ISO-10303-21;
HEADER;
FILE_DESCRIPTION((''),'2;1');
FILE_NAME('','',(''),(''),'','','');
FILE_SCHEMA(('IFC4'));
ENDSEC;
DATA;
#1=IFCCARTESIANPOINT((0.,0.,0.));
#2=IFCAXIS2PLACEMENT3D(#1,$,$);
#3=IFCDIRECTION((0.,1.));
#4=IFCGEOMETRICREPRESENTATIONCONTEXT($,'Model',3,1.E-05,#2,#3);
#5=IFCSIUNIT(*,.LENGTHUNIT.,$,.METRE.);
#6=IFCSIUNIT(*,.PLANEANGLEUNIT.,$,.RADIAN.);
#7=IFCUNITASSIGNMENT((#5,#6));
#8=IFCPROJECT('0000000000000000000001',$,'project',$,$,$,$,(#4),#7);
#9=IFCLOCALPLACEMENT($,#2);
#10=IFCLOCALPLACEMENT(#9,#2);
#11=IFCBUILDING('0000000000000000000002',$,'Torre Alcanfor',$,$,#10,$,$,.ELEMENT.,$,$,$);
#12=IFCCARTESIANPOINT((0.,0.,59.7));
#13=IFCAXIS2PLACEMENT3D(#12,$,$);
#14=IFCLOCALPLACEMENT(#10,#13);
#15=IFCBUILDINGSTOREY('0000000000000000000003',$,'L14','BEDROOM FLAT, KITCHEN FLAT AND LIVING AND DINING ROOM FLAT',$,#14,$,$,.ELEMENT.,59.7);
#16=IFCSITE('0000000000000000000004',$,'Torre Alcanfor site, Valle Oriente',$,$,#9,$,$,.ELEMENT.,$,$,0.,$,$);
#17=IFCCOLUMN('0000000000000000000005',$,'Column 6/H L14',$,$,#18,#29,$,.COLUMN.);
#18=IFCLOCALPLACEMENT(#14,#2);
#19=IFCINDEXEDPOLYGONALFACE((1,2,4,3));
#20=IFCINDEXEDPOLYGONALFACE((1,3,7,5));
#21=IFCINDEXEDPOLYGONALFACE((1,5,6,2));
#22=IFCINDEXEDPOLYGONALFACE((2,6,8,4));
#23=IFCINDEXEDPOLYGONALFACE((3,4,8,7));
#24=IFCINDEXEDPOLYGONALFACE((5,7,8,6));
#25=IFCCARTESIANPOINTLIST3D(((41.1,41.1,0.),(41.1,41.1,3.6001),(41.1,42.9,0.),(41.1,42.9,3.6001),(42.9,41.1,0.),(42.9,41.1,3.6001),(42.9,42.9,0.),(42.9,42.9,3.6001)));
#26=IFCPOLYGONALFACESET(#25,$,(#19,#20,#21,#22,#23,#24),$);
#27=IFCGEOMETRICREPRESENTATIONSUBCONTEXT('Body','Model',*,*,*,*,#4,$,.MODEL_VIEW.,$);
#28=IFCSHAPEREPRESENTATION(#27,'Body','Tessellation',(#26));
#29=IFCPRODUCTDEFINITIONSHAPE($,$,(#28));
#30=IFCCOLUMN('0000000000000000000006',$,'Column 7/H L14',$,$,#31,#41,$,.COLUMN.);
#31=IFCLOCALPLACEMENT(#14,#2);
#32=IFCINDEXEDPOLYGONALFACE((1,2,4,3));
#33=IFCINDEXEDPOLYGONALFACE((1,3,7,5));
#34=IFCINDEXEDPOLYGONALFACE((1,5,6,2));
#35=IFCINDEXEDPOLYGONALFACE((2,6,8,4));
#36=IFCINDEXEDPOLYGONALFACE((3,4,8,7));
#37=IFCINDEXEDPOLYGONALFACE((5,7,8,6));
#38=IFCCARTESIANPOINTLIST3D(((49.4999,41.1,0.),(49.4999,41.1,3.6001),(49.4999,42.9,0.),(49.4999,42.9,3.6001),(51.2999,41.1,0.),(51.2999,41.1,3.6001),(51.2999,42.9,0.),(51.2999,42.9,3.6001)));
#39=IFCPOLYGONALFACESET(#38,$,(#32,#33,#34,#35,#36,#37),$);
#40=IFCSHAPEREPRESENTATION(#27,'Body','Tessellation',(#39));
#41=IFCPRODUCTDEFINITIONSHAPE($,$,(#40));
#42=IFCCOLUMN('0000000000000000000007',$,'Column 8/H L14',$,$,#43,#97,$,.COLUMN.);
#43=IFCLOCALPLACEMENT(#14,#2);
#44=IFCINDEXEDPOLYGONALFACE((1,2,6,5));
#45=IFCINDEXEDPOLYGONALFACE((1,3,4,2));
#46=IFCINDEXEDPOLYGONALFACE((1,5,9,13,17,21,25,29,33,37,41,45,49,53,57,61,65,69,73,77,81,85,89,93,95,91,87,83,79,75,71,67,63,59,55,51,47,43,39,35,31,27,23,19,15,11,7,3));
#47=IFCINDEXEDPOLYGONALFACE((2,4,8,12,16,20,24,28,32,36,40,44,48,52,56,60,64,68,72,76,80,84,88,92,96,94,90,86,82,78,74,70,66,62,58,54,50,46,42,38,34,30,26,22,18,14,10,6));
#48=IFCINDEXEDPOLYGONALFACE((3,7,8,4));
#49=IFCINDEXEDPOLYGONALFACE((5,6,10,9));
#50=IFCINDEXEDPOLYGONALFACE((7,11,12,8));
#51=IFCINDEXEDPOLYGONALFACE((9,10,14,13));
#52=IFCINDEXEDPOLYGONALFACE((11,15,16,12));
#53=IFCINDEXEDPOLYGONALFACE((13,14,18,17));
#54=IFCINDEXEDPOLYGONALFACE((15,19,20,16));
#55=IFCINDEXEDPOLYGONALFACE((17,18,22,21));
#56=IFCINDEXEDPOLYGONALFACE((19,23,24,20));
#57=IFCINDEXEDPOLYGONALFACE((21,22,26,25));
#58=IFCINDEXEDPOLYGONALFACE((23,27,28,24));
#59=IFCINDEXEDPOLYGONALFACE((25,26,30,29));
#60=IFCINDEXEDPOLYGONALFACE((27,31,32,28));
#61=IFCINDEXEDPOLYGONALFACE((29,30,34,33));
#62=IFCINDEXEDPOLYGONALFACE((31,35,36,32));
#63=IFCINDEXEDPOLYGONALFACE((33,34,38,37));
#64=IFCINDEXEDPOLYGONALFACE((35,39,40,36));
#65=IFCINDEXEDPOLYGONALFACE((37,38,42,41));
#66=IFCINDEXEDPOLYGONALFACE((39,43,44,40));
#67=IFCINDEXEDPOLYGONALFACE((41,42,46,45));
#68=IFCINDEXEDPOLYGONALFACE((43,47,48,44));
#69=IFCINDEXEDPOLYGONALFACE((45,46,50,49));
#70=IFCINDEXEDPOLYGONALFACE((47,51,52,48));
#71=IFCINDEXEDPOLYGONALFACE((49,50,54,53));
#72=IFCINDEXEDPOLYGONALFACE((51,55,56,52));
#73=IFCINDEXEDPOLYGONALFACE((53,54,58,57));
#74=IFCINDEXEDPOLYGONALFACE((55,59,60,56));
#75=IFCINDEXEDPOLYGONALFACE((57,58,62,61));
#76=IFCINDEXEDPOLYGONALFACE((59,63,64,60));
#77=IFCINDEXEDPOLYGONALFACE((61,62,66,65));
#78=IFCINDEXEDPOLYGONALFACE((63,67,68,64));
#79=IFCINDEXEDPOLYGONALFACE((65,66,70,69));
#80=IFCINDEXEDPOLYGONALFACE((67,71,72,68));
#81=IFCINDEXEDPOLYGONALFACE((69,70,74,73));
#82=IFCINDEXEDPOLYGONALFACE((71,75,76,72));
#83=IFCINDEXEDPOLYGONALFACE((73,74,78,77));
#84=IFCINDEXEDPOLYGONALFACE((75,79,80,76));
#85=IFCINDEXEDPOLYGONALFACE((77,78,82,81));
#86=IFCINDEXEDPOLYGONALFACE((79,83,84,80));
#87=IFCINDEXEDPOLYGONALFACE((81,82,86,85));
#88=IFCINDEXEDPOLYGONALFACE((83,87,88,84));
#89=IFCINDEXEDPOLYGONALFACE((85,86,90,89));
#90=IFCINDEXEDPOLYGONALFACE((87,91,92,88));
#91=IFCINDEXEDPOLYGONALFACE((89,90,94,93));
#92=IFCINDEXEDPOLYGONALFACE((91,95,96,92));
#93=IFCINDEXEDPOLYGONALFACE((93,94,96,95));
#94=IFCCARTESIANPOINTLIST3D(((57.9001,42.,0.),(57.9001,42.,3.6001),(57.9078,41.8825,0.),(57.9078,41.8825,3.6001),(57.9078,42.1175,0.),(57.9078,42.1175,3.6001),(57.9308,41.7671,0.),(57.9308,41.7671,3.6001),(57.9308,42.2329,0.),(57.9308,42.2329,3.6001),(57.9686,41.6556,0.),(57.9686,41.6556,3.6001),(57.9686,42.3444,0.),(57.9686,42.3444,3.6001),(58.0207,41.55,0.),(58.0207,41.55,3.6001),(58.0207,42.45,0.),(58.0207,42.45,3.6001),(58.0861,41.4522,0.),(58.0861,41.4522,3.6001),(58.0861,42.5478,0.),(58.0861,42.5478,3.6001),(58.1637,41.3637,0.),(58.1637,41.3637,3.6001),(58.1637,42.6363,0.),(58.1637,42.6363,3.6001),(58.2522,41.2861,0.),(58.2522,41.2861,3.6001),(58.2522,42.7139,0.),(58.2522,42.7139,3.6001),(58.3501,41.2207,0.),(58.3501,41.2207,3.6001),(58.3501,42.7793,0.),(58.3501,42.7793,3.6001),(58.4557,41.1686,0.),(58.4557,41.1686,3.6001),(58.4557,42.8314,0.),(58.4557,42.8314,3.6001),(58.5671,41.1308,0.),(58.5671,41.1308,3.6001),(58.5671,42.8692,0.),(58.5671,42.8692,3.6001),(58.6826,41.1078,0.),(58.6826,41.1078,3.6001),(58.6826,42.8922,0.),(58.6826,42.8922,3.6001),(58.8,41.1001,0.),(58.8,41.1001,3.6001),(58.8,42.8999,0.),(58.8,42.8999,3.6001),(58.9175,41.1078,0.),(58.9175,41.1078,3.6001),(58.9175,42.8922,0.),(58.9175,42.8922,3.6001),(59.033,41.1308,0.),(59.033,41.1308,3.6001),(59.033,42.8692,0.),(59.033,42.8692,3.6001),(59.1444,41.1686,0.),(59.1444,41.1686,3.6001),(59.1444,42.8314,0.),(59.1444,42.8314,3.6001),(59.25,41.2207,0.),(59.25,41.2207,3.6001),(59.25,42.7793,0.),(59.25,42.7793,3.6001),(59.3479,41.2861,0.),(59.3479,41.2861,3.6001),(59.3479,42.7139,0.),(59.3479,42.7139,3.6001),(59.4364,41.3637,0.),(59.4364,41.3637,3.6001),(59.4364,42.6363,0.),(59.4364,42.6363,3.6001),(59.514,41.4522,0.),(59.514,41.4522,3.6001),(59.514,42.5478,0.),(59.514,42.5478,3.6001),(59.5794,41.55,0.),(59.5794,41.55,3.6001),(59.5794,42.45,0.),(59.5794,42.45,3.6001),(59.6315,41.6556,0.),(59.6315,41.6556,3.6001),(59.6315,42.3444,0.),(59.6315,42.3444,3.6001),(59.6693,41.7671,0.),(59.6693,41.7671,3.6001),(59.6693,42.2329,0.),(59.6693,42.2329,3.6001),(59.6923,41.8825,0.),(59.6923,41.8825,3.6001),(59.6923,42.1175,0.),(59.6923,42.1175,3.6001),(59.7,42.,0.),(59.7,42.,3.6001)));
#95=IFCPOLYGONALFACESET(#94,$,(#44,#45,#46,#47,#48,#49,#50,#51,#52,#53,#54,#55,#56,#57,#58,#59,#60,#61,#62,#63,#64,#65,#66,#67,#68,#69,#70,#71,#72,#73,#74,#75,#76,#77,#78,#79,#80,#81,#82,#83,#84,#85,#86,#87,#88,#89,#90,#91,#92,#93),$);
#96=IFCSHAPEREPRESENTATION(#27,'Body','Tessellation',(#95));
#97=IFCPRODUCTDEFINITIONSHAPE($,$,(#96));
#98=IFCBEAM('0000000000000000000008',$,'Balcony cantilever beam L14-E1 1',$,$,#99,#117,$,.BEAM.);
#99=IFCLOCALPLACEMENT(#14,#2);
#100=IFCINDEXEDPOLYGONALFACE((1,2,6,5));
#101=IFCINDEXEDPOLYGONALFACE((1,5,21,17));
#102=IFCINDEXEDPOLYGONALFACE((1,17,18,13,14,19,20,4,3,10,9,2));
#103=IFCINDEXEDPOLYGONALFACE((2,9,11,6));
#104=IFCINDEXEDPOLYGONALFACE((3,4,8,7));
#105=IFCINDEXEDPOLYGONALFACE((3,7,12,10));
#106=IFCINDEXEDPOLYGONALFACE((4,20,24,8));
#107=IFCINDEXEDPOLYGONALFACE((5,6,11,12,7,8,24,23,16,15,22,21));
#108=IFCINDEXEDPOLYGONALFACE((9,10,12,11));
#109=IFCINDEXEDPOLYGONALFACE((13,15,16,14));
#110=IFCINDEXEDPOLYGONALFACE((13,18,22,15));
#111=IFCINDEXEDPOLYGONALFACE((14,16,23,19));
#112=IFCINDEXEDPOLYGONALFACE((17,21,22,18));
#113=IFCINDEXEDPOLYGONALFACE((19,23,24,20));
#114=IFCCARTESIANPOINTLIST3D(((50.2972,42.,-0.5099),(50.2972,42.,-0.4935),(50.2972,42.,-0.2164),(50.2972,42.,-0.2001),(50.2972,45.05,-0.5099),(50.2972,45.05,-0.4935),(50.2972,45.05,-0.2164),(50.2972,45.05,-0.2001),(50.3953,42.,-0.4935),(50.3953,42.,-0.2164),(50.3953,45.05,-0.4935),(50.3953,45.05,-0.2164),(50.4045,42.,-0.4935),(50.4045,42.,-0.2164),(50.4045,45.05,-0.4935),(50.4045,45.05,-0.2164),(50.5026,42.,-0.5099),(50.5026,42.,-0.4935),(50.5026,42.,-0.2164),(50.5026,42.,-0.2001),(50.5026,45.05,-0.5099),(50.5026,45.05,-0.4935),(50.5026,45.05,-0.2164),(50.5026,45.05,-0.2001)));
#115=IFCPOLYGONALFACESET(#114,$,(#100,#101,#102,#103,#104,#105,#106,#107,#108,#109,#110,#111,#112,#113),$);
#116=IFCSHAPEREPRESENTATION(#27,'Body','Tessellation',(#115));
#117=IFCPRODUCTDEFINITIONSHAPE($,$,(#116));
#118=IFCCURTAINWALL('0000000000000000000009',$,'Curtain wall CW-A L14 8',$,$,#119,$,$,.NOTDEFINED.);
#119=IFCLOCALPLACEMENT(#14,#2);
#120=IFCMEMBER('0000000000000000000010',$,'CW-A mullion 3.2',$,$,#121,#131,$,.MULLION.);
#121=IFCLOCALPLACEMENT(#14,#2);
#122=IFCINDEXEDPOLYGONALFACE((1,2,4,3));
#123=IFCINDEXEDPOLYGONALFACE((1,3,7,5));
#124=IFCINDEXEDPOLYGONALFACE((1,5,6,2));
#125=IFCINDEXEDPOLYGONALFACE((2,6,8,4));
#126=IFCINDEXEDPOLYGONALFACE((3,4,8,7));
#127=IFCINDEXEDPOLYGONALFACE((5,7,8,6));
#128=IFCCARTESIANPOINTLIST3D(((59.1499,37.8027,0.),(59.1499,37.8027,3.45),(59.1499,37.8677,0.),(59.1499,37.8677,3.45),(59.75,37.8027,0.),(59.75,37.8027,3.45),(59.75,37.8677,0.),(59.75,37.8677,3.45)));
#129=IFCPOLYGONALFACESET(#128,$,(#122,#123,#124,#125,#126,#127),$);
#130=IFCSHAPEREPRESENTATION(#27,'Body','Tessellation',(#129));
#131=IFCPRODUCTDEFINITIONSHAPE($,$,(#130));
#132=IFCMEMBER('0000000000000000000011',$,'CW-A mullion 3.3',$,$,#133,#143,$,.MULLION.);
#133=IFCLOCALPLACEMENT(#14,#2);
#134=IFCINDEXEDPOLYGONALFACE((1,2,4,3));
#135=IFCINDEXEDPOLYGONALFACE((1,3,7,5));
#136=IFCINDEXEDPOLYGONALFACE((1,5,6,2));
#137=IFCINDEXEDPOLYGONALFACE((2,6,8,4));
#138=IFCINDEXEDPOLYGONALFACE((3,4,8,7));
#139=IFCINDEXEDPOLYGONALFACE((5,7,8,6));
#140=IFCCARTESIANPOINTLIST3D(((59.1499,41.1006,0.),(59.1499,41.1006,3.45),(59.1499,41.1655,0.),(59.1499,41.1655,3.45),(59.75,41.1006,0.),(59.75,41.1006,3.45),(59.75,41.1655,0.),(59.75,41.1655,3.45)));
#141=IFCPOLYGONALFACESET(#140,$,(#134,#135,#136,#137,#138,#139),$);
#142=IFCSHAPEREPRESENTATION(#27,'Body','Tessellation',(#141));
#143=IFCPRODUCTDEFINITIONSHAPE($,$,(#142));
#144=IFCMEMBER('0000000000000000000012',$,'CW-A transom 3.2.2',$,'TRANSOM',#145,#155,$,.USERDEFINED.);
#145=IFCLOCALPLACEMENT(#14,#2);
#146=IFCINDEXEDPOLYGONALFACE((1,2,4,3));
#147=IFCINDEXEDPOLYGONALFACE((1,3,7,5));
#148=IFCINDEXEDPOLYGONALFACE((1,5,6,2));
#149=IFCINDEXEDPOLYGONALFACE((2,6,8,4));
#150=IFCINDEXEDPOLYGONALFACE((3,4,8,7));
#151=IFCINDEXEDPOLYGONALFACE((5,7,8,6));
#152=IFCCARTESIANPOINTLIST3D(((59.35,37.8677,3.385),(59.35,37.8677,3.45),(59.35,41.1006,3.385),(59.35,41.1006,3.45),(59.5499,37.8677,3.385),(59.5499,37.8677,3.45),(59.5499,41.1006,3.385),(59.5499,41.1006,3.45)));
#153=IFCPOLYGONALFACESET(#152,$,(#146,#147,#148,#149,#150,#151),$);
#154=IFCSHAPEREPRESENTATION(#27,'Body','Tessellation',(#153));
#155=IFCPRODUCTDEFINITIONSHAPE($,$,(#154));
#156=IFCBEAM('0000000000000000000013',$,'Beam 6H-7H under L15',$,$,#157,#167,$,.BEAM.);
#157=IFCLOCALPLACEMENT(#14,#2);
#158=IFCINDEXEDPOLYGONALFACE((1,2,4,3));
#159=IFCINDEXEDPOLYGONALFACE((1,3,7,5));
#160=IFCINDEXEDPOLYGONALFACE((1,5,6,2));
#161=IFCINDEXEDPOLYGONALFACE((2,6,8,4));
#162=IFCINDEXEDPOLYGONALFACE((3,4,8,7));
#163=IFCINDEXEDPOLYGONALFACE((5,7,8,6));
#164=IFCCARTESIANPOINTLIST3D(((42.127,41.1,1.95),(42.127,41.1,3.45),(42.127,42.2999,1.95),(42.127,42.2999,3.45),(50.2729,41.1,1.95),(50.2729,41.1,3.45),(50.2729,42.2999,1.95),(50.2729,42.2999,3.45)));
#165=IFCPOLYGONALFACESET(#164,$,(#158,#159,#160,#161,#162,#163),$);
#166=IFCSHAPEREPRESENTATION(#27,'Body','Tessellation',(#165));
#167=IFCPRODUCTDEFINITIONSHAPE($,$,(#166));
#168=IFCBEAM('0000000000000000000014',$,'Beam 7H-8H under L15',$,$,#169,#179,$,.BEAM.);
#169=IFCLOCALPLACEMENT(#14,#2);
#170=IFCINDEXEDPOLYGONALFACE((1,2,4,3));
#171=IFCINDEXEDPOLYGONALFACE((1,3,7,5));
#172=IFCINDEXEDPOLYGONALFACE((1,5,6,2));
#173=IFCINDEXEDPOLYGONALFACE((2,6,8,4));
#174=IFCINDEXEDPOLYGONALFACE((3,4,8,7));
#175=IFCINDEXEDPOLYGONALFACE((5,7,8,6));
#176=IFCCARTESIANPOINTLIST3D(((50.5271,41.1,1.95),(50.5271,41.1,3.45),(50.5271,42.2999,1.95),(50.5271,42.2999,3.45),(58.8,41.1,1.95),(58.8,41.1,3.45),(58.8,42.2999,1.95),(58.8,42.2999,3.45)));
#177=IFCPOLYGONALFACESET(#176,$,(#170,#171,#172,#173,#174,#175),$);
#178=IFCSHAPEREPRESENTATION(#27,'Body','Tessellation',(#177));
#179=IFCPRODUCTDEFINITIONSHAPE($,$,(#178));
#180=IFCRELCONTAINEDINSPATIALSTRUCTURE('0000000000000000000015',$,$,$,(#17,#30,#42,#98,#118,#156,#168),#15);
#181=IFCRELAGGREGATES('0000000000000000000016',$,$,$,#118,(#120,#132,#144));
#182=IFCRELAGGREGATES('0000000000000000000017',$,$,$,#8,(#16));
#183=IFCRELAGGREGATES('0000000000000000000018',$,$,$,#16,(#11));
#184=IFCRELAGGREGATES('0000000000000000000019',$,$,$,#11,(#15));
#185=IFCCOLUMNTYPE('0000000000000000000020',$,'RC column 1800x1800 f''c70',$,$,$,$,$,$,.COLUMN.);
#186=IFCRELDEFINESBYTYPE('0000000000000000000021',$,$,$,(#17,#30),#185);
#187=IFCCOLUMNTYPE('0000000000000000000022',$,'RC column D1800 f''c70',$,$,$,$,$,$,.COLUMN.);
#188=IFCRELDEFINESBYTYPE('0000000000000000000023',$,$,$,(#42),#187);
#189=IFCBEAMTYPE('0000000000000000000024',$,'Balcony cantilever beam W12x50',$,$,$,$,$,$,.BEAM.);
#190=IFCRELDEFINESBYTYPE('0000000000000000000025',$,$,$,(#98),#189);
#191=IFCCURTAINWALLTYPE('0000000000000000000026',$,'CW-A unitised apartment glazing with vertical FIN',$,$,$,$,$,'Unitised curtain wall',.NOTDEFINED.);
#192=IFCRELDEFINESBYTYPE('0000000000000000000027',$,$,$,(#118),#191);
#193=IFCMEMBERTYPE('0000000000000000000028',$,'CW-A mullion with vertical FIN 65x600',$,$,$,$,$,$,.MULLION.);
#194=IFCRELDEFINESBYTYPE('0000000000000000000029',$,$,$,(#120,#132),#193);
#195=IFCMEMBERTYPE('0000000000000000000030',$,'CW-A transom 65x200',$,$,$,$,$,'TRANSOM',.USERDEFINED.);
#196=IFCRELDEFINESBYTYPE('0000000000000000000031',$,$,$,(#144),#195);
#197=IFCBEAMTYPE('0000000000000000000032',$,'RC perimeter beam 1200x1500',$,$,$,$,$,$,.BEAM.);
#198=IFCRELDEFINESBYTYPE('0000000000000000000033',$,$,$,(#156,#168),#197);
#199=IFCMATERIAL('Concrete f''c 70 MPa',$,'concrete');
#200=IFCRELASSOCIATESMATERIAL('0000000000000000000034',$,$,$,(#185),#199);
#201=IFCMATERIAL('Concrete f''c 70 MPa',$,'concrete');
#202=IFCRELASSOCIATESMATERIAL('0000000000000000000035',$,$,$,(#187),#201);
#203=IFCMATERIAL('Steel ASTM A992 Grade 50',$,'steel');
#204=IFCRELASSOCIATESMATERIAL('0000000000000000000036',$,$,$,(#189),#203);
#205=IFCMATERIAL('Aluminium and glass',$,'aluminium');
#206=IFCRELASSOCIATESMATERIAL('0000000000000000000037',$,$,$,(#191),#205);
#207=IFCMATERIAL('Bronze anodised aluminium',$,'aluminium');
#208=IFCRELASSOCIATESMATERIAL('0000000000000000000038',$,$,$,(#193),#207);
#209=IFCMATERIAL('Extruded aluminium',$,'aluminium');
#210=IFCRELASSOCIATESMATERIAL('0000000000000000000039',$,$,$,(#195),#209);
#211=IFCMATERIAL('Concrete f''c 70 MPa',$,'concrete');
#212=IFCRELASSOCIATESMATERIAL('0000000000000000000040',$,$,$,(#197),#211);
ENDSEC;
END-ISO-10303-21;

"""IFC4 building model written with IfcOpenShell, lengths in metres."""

from ifc_helpers import new_model, si_unit, direction, frame, origin, origin_2d, place, context, subcontext, project, spatial, rectangle, circle, i_section, extrude, material, material_profile, profile_set, type_object, element, aggregate, save


model = new_model("IFC4")

# Units and contexts
model_context = context("Model", 3, precision=1e-05, world=origin(), true_north=direction((0.0, 1.0)))
body_context = subcontext(model_context, "Body", "Model", "MODEL_VIEW")
ifc_project = project(units=[si_unit("LENGTHUNIT", "METRE"), si_unit("PLANEANGLEUNIT", "RADIAN")], contexts=[model_context])

# Site, building, storey
site_placement = place(None, origin())
site = spatial("IfcSite", under=ifc_project, at=site_placement, Name="Torre Alcanfor site, Valle Oriente", CompositionType="ELEMENT", RefElevation=0.0)
building_placement = place(site_placement, origin())
building = spatial("IfcBuilding", under=site, at=building_placement, Name="Torre Alcanfor", CompositionType="ELEMENT")
storey_placement = place(building_placement, frame((0.0, 0.0, 59.7)))
storey = spatial("IfcBuildingStorey", under=building, at=storey_placement, Name="L14", Description="BEDROOM FLAT, KITCHEN FLAT AND LIVING AND DINING ROOM FLAT", CompositionType="ELEMENT", Elevation=59.7)

# Columns
ifc_material_1 = material(Name="Concrete f'c 70 MPa", Category="concrete")
ifc_material_profile_1 = material_profile(ifc_material_1, rectangle(XDim=1.8, YDim=1.8, at=origin_2d()), Name="1800x1800")
ifc_profile_set_1 = profile_set([ifc_material_profile_1], Name="Concrete f'c 70 MPa")
column_type_1 = type_object("IfcColumnType", Name="RC column 1800x1800 f'c70", PredefinedType="COLUMN", material=ifc_profile_set_1)
for number, where, z_axis, x_axis, name in (
    (1, (42.0, 42.0, 0.0), (0.0, 0.0, 1.0), (1.0, 0.0, 0.0), "Column 6/H L14"),
    (2, (50.3999, 42.0, 0.0), (0.0, 0.0, 1.0), (1.0, 0.0, 0.0), "Column 7/H L14"),
):
    element("IfcColumn", number, at=place(storey_placement, frame(where, z_axis=z_axis, x_axis=x_axis)), inside=storey, type_object=column_type_1, Name=name, PredefinedType="COLUMN", context=body_context, shape_type="SweptSolid", body=[
        extrude(rectangle(XDim=1.8, YDim=1.8, at=origin_2d()), origin(), (0.0, 0.0, 1.0), 3.6001),
    ])
ifc_material_2 = material(Name="Concrete f'c 70 MPa", Category="concrete")
ifc_material_profile_2 = material_profile(ifc_material_2, circle(Radius=0.8999, at=origin_2d()), Name="D1800")
ifc_profile_set_2 = profile_set([ifc_material_profile_2], Name="Concrete f'c 70 MPa")
column_type_2 = type_object("IfcColumnType", Name="RC column D1800 f'c70", PredefinedType="COLUMN", material=ifc_profile_set_2)
column_placement = place(storey_placement, frame((58.8, 42.0, 0.0), z_axis=(0.0, 0.0, 1.0), x_axis=(1.0, 0.0, 0.0)))
element("IfcColumn", 3, at=column_placement, inside=storey, type_object=column_type_2, Name="Column 8/H L14", PredefinedType="COLUMN", context=body_context, shape_type="SweptSolid", body=[
    extrude(circle(Radius=0.8999, at=origin_2d()), origin(), (0.0, 0.0, 1.0), 3.6001),
])

# Beam
ifc_material_3 = material(Name="Steel ASTM A992 Grade 50", Category="steel")
ifc_material_profile_3 = material_profile(ifc_material_3, i_section(OverallWidth=0.2053, OverallDepth=0.3098, WebThickness=0.0093, FlangeThickness=0.0164, at=origin_2d()), Name="W12x50")
ifc_profile_set_3 = profile_set([ifc_material_profile_3], Name="Steel ASTM A992 Grade 50")
beam_type_1 = type_object("IfcBeamType", Name="Balcony cantilever beam W12x50", PredefinedType="BEAM", material=ifc_profile_set_3)
beam_1_placement = place(storey_placement, frame((50.3999, 42.0, -0.355), z_axis=(0.0, 1.0, 0.0), x_axis=(-1.0, 0.0, 0.0)))
element("IfcBeam", 4, at=beam_1_placement, inside=storey, type_object=beam_type_1, Name="Balcony cantilever beam L14-E1 1", PredefinedType="BEAM", context=body_context, shape_type="SweptSolid", body=[
    extrude(i_section(OverallWidth=0.2053, OverallDepth=0.3098, WebThickness=0.0093, FlangeThickness=0.0164, at=origin_2d()), origin(), (0.0, 0.0, 1.0), 3.05),
])

# Curtain wall, members
ifc_material_4 = material(Name="Aluminium and glass", Category="aluminium")
curtain_wall_type = type_object("IfcCurtainWallType", Name="CW-A unitised apartment glazing with vertical FIN", ElementType="Unitised curtain wall", PredefinedType="NOTDEFINED", material=ifc_material_4)
curtain_wall_placement = place(storey_placement, origin())
curtain_wall = element("IfcCurtainWall", 5, at=curtain_wall_placement, inside=storey, type_object=curtain_wall_type, Name="Curtain wall CW-A L14 8", PredefinedType="NOTDEFINED")
ifc_material_5 = material(Name="Bronze anodised aluminium", Category="aluminium")
ifc_material_profile_4 = material_profile(ifc_material_5, rectangle(XDim=0.6001, YDim=0.0649, at=origin_2d()), Name="CW-A mullion 65x600")
ifc_profile_set_4 = profile_set([ifc_material_profile_4], Name="Bronze anodised aluminium")
member_type_1 = type_object("IfcMemberType", Name="CW-A mullion with vertical FIN 65x600", PredefinedType="MULLION", material=ifc_profile_set_4)
member_1_placement = place(storey_placement, frame((59.45, 37.8352, 0.0), z_axis=(0.0, 0.0, 1.0), x_axis=(-1.0, 0.0, 0.0)))
member_1 = element("IfcMember", 6, at=member_1_placement, type_object=member_type_1, Name="CW-A mullion 3.2", PredefinedType="MULLION", context=body_context, shape_type="SweptSolid", body=[
    extrude(rectangle(XDim=0.6001, YDim=0.0649, at=origin_2d()), origin(), (0.0, 0.0, 1.0), 3.45),
])
member_2_placement = place(storey_placement, frame((59.45, 41.1331, 0.0), z_axis=(0.0, 0.0, 1.0), x_axis=(-1.0, 0.0, 0.0)))
member_2 = element("IfcMember", 7, at=member_2_placement, type_object=member_type_1, Name="CW-A mullion 3.3", PredefinedType="MULLION", context=body_context, shape_type="SweptSolid", body=[
    extrude(rectangle(XDim=0.6001, YDim=0.0649, at=origin_2d()), origin(), (0.0, 0.0, 1.0), 3.45),
])
ifc_material_6 = material(Name="Extruded aluminium", Category="aluminium")
ifc_material_profile_5 = material_profile(ifc_material_6, rectangle(XDim=0.2, YDim=0.0649, at=origin_2d()), Name="CW-A transom 200x65")
ifc_profile_set_5 = profile_set([ifc_material_profile_5], Name="Extruded aluminium")
member_type_2 = type_object("IfcMemberType", Name="CW-A transom 65x200", ElementType="TRANSOM", PredefinedType="USERDEFINED", material=ifc_profile_set_5)
member_3_placement = place(storey_placement, frame((59.45, 37.8677, 3.4175), z_axis=(0.0, 1.0, 0.0), x_axis=(-1.0, 0.0, 0.0)))
member_3 = element("IfcMember", 8, at=member_3_placement, type_object=member_type_2, Name="CW-A transom 3.2.2", ObjectType="TRANSOM", PredefinedType="USERDEFINED", context=body_context, shape_type="SweptSolid", body=[
    extrude(rectangle(XDim=0.2, YDim=0.0649, at=origin_2d()), origin(), (0.0, 0.0, 1.0), 3.2329),
])

# Beams
ifc_material_7 = material(Name="Concrete f'c 70 MPa", Category="concrete")
ifc_material_profile_6 = material_profile(ifc_material_7, rectangle(XDim=1.2, YDim=1.5, at=origin_2d()), Name="1200x1500")
ifc_profile_set_6 = profile_set([ifc_material_profile_6], Name="Concrete f'c 70 MPa")
beam_type_2 = type_object("IfcBeamType", Name="RC perimeter beam 1200x1500", PredefinedType="BEAM", material=ifc_profile_set_6)
beam_2_placement = place(storey_placement, frame((42.127, 41.7, 2.7), z_axis=(1.0, 0.0, 0.0), x_axis=(0.0, 1.0, 0.0)))
element("IfcBeam", 9, at=beam_2_placement, inside=storey, type_object=beam_type_2, Name="Beam 6H-7H under L15", PredefinedType="BEAM", context=body_context, shape_type="SweptSolid", body=[
    extrude(rectangle(XDim=1.2, YDim=1.5, at=origin_2d()), origin(), (0.0, 0.0, 1.0), 8.146),
])
beam_3_placement = place(storey_placement, frame((50.5271, 41.7, 2.7), z_axis=(1.0, 0.0, 0.0), x_axis=(0.0, 1.0, 0.0)))
element("IfcBeam", 10, at=beam_3_placement, inside=storey, type_object=beam_type_2, Name="Beam 7H-8H under L15", PredefinedType="BEAM", context=body_context, shape_type="SweptSolid", body=[
    extrude(rectangle(XDim=1.2, YDim=1.5, at=origin_2d()), origin(), (0.0, 0.0, 1.0), 8.2729),
])

aggregate(curtain_wall, [member_1, member_2, member_3])

save(model, "model.ifc")
